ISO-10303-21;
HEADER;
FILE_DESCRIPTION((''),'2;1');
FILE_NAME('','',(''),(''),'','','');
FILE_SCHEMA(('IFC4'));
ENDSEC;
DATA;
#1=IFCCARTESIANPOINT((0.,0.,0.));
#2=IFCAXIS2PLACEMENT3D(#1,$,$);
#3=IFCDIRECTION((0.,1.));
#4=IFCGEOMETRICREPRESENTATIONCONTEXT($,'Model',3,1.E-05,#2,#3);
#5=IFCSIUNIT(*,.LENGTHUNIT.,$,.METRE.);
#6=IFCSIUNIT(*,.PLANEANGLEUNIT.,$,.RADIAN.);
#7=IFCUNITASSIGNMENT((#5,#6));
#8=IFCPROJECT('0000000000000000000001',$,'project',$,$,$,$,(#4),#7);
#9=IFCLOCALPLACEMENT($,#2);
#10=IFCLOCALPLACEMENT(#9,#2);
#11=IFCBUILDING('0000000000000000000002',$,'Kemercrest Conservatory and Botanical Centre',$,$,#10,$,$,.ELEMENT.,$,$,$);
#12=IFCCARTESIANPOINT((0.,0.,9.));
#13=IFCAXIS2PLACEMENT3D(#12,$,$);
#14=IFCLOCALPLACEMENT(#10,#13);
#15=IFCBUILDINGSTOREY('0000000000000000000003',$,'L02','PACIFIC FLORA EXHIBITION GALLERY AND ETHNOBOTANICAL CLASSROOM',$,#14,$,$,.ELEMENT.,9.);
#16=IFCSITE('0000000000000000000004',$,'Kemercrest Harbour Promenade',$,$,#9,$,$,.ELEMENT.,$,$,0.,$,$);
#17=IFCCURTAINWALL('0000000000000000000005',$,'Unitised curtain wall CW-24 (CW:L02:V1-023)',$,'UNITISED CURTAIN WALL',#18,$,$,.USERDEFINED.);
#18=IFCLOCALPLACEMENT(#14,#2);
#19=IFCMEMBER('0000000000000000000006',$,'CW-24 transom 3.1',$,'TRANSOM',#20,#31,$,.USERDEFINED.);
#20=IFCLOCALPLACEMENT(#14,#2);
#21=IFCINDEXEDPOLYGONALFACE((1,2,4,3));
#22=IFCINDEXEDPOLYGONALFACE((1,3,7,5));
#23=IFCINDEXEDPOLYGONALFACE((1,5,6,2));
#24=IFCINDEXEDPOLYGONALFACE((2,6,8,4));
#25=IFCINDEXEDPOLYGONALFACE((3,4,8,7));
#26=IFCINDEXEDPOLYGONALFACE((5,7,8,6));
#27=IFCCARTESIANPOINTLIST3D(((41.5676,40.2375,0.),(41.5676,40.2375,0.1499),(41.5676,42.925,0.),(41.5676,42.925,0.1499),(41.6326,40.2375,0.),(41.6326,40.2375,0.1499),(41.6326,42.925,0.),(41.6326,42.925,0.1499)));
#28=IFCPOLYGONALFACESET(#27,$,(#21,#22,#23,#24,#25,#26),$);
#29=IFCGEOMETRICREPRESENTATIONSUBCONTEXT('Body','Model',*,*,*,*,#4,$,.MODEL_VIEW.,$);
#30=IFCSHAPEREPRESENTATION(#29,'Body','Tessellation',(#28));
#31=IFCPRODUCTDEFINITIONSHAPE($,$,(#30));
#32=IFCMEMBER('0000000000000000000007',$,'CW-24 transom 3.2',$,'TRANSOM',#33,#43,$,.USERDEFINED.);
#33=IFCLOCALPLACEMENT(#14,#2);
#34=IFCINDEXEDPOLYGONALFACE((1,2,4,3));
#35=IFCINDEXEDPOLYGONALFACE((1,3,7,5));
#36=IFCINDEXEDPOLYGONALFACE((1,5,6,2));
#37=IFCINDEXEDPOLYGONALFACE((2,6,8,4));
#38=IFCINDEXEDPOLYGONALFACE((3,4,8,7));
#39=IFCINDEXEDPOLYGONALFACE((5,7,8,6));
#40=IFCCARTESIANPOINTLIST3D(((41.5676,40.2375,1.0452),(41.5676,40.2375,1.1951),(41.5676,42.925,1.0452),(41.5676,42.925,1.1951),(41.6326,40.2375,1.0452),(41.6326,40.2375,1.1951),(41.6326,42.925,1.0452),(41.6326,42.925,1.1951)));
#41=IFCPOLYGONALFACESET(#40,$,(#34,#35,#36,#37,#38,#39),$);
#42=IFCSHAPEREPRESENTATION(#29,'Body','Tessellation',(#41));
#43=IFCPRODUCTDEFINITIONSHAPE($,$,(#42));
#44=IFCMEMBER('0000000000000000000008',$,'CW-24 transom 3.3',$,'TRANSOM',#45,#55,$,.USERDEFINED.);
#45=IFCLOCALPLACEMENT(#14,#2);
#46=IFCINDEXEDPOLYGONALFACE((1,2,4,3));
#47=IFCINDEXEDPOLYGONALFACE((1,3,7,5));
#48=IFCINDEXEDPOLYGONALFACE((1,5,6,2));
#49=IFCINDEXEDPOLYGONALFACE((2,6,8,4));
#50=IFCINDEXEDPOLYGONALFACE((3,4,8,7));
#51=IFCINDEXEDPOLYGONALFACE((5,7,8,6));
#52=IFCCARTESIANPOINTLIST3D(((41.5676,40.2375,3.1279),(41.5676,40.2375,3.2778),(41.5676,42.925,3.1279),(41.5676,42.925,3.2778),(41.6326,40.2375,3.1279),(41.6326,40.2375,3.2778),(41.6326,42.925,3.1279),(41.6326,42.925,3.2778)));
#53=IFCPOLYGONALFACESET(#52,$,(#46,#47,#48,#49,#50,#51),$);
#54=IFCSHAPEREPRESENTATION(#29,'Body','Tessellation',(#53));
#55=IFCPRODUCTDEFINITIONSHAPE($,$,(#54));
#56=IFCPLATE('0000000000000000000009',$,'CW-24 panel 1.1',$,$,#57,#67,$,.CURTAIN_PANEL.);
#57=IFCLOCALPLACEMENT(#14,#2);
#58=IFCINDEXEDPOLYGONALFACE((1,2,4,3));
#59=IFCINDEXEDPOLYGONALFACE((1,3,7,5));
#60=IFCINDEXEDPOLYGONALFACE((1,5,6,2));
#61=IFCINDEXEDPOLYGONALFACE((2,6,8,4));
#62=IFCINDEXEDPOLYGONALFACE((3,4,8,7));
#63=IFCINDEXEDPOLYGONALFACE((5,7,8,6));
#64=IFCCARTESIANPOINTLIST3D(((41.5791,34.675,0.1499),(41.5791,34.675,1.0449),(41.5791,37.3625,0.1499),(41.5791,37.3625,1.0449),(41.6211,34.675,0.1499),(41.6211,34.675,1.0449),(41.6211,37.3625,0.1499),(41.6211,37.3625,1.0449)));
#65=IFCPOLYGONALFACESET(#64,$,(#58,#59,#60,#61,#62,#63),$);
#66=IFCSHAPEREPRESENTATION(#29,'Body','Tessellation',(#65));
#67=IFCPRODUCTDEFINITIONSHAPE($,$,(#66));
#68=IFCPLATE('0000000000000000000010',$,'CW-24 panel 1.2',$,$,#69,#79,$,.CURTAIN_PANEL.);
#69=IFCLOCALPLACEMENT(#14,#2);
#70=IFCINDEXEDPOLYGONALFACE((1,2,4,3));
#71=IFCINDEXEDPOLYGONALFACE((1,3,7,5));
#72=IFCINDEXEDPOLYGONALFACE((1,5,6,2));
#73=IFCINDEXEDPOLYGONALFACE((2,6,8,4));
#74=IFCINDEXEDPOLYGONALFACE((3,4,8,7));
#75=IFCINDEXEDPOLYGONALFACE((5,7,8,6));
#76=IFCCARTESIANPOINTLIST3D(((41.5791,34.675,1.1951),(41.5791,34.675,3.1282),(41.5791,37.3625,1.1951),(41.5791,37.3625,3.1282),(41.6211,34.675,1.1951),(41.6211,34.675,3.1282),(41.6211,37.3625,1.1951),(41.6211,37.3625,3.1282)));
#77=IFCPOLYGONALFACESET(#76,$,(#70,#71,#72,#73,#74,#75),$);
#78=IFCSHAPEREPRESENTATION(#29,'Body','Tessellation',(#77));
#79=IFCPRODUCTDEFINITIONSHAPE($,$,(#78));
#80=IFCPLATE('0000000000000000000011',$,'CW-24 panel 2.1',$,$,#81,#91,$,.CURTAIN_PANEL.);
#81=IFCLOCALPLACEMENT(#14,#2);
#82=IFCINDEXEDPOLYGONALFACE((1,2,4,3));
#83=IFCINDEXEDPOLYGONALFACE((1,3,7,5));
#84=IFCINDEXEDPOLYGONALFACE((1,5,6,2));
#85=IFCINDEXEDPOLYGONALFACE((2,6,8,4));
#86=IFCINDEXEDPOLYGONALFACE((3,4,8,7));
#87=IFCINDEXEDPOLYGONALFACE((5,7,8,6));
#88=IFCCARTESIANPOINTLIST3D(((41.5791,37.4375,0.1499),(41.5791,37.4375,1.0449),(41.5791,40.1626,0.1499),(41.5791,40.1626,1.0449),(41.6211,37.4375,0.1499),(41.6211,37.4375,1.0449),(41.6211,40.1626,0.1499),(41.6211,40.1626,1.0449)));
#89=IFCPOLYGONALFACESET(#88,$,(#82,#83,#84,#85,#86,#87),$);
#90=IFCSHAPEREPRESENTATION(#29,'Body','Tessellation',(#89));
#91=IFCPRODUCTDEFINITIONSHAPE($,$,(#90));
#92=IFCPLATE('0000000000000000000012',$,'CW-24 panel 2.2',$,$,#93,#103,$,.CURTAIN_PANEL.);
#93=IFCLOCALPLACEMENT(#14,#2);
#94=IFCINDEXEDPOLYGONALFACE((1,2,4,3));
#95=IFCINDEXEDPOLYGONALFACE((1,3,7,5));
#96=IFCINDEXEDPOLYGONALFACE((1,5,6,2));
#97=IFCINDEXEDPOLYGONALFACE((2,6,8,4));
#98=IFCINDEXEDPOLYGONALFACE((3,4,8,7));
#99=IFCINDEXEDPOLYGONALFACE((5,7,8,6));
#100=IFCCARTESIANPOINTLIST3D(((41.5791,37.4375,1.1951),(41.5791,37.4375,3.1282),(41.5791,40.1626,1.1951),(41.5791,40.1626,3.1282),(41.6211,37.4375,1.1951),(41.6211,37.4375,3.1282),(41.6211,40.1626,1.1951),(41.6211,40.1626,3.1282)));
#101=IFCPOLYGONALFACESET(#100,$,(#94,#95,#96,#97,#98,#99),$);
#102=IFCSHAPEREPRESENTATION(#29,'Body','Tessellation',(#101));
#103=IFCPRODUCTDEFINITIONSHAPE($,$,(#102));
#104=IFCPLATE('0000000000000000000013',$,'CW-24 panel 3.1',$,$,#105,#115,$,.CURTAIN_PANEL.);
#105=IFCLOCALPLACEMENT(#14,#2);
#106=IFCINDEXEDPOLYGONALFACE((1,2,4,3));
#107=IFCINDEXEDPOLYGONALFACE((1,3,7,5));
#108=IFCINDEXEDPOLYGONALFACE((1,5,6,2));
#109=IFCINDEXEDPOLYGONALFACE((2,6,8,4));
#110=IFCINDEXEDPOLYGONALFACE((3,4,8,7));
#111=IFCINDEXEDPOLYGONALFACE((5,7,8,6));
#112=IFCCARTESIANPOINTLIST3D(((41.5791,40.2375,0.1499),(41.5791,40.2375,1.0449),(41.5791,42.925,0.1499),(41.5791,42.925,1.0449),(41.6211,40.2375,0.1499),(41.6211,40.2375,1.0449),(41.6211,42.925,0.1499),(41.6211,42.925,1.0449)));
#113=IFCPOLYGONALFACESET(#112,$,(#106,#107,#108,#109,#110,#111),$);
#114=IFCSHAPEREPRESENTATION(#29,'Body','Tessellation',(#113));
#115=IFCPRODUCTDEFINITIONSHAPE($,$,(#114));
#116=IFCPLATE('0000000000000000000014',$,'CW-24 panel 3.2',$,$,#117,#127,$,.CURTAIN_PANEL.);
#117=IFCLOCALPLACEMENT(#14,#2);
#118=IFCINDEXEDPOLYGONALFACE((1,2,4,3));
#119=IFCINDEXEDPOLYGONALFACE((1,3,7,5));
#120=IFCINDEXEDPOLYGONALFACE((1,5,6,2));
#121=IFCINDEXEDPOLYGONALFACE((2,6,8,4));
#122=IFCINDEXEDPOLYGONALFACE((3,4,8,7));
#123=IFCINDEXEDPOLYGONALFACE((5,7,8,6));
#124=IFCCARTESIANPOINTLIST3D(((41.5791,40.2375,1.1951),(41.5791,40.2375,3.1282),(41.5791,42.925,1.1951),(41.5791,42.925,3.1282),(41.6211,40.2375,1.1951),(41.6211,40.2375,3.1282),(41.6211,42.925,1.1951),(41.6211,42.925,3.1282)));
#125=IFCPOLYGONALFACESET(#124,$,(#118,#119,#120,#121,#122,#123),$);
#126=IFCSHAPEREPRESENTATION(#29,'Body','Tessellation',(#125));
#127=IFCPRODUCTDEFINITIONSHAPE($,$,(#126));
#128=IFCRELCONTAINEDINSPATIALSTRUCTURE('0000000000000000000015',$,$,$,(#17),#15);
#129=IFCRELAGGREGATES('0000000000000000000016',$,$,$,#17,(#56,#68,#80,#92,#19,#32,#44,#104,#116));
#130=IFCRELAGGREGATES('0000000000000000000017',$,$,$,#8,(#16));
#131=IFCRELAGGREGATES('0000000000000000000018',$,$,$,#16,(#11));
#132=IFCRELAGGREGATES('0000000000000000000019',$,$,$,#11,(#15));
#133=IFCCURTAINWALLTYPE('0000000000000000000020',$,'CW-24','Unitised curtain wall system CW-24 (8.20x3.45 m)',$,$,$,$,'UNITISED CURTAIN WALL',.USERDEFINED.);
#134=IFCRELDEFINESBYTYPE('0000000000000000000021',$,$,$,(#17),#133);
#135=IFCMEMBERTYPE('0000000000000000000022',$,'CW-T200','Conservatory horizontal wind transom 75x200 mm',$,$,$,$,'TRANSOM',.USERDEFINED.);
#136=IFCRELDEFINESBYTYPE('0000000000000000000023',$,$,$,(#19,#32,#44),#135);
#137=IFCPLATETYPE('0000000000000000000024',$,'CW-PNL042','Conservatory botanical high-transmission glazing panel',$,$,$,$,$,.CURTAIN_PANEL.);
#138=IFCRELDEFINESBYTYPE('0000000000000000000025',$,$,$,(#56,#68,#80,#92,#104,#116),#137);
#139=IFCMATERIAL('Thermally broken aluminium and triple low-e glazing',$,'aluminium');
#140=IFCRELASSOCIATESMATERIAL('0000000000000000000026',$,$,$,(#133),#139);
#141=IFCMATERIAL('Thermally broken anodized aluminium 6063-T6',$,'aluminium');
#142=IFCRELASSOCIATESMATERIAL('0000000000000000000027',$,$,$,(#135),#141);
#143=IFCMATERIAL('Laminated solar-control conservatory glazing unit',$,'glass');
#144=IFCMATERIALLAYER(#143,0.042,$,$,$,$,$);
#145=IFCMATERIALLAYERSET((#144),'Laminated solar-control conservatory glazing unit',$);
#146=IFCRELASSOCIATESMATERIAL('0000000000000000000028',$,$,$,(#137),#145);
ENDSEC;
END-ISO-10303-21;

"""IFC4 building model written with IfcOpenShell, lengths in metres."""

from ifc_helpers import new_model, si_unit, direction, frame, origin, origin_2d, place, context, subcontext, project, spatial, rectangle, extrude, material, layer, layer_set, material_profile, profile_set, type_object, element, aggregate, save


model = new_model("IFC4")

# Units and contexts
model_context = context("Model", 3, precision=1e-05, world=origin(), true_north=direction((0.0, 1.0)))
body_context = subcontext(model_context, "Body", "Model", "MODEL_VIEW")
ifc_project = project(units=[si_unit("LENGTHUNIT", "METRE"), si_unit("PLANEANGLEUNIT", "RADIAN")], contexts=[model_context])

# Site, building, storey
site_placement = place(None, origin())
site = spatial("IfcSite", under=ifc_project, at=site_placement, Name="Kemercrest Harbour Promenade", CompositionType="ELEMENT", RefElevation=0.0)
building_placement = place(site_placement, origin())
building = spatial("IfcBuilding", under=site, at=building_placement, Name="Kemercrest Conservatory and Botanical Centre", CompositionType="ELEMENT")
storey_placement = place(building_placement, frame((0.0, 0.0, 9.0)))
storey = spatial("IfcBuildingStorey", under=building, at=storey_placement, Name="L02", Description="PACIFIC FLORA EXHIBITION GALLERY AND ETHNOBOTANICAL CLASSROOM", CompositionType="ELEMENT", Elevation=9.0)

# Curtain wall, members, plates
ifc_material_1 = material(Name="Thermally broken aluminium and triple low-e glazing", Category="aluminium")
curtain_wall_type = type_object("IfcCurtainWallType", Name="CW-24", Description="Unitised curtain wall system CW-24 (8.20x3.45 m)", ElementType="UNITISED CURTAIN WALL", PredefinedType="USERDEFINED", material=ifc_material_1)
curtain_wall_placement = place(storey_placement, origin())
curtain_wall = element("IfcCurtainWall", 1, at=curtain_wall_placement, inside=storey, type_object=curtain_wall_type, Name="Unitised curtain wall CW-24 (CW:L02:V1-023)", ObjectType="UNITISED CURTAIN WALL", PredefinedType="USERDEFINED")
ifc_material_2 = material(Name="Thermally broken anodized aluminium 6063-T6", Category="aluminium")
ifc_material_profile_1 = material_profile(ifc_material_2, rectangle(XDim=0.0649, YDim=0.1499, at=origin_2d()), Name="AL TRANSOM 65x150")
ifc_profile_set_1 = profile_set([ifc_material_profile_1], Name="Thermally broken anodized aluminium 6063-T6")
member_type_1 = type_object("IfcMemberType", Name="CW-T200", Description="Conservatory horizontal wind transom 75x200 mm", ElementType="TRANSOM", PredefinedType="USERDEFINED", material=ifc_profile_set_1)
member_1_placement = place(storey_placement, frame((41.6001, 40.2375, 0.075), z_axis=(0.0, 1.0, 0.0), x_axis=(-1.0, 0.0, 0.0)))
member_1 = element("IfcMember", 2, at=member_1_placement, type_object=member_type_1, Name="CW-24 transom 3.1", ObjectType="TRANSOM", PredefinedType="USERDEFINED", context=body_context, shape_type="SweptSolid", body=[
    extrude(rectangle(XDim=0.0649, YDim=0.1499, at=origin_2d()), origin(), (0.0, 0.0, 1.0), 2.6875),
])
member_2_placement = place(storey_placement, frame((41.6001, 40.2375, 1.1201), z_axis=(0.0, 1.0, 0.0), x_axis=(-1.0, 0.0, 0.0)))
member_2 = element("IfcMember", 3, at=member_2_placement, type_object=member_type_1, Name="CW-24 transom 3.2", ObjectType="TRANSOM", PredefinedType="USERDEFINED", context=body_context, shape_type="SweptSolid", body=[
    extrude(rectangle(XDim=0.0649, YDim=0.1499, at=origin_2d()), origin(), (0.0, 0.0, 1.0), 2.6875),
])
member_3_placement = place(storey_placement, frame((41.6001, 40.2375, 3.2029), z_axis=(0.0, 1.0, 0.0), x_axis=(-1.0, 0.0, 0.0)))
member_3 = element("IfcMember", 4, at=member_3_placement, type_object=member_type_1, Name="CW-24 transom 3.3", ObjectType="TRANSOM", PredefinedType="USERDEFINED", context=body_context, shape_type="SweptSolid", body=[
    extrude(rectangle(XDim=0.0649, YDim=0.1499, at=origin_2d()), origin(), (0.0, 0.0, 1.0), 2.6875),
])
ifc_material_3 = material(Name="Laminated solar-control conservatory glazing unit", Category="glass")
ifc_layer = layer(ifc_material_3, 0.042)
ifc_layer_set = layer_set([ifc_layer], Name="Laminated solar-control conservatory glazing unit")
plate_type = type_object("IfcPlateType", Name="CW-PNL042", Description="Conservatory botanical high-transmission glazing panel", PredefinedType="CURTAIN_PANEL", material=ifc_layer_set)
plate_1_placement = place(storey_placement, frame((41.6001, 36.0188, 0.1499), z_axis=(0.0, 0.0, 1.0), x_axis=(0.0, 1.0, 0.0)))
plate_1 = element("IfcPlate", 5, at=plate_1_placement, type_object=plate_type, Name="CW-24 panel 1.1", PredefinedType="CURTAIN_PANEL", context=body_context, shape_type="SweptSolid", body=[
    extrude(rectangle(XDim=2.6875, YDim=0.042, at=origin_2d()), origin(), (0.0, 0.0, 1.0), 0.895),
])
plate_2_placement = place(storey_placement, frame((41.6001, 36.0188, 1.1951), z_axis=(0.0, 0.0, 1.0), x_axis=(0.0, 1.0, 0.0)))
plate_2 = element("IfcPlate", 6, at=plate_2_placement, type_object=plate_type, Name="CW-24 panel 1.2", PredefinedType="CURTAIN_PANEL", context=body_context, shape_type="SweptSolid", body=[
    extrude(rectangle(XDim=2.6875, YDim=0.042, at=origin_2d()), origin(), (0.0, 0.0, 1.0), 1.9331),
])
plate_3_placement = place(storey_placement, frame((41.6001, 38.8, 0.1499), z_axis=(0.0, 0.0, 1.0), x_axis=(0.0, 1.0, 0.0)))
plate_3 = element("IfcPlate", 7, at=plate_3_placement, type_object=plate_type, Name="CW-24 panel 2.1", PredefinedType="CURTAIN_PANEL", context=body_context, shape_type="SweptSolid", body=[
    extrude(rectangle(XDim=2.7251, YDim=0.042, at=origin_2d()), origin(), (0.0, 0.0, 1.0), 0.895),
])
plate_4_placement = place(storey_placement, frame((41.6001, 38.8, 1.1951), z_axis=(0.0, 0.0, 1.0), x_axis=(0.0, 1.0, 0.0)))
plate_4 = element("IfcPlate", 8, at=plate_4_placement, type_object=plate_type, Name="CW-24 panel 2.2", PredefinedType="CURTAIN_PANEL", context=body_context, shape_type="SweptSolid", body=[
    extrude(rectangle(XDim=2.7251, YDim=0.042, at=origin_2d()), origin(), (0.0, 0.0, 1.0), 1.9331),
])
plate_5_placement = place(storey_placement, frame((41.6001, 41.5813, 0.1499), z_axis=(0.0, 0.0, 1.0), x_axis=(0.0, 1.0, 0.0)))
plate_5 = element("IfcPlate", 9, at=plate_5_placement, type_object=plate_type, Name="CW-24 panel 3.1", PredefinedType="CURTAIN_PANEL", context=body_context, shape_type="SweptSolid", body=[
    extrude(rectangle(XDim=2.6875, YDim=0.042, at=origin_2d()), origin(), (0.0, 0.0, 1.0), 0.895),
])
plate_6_placement = place(storey_placement, frame((41.6001, 41.5813, 1.1951), z_axis=(0.0, 0.0, 1.0), x_axis=(0.0, 1.0, 0.0)))
plate_6 = element("IfcPlate", 10, at=plate_6_placement, type_object=plate_type, Name="CW-24 panel 3.2", PredefinedType="CURTAIN_PANEL", context=body_context, shape_type="SweptSolid", body=[
    extrude(rectangle(XDim=2.6875, YDim=0.042, at=origin_2d()), origin(), (0.0, 0.0, 1.0), 1.9331),
])
aggregate(curtain_wall, [plate_1, plate_2, plate_3, plate_4, member_1, member_2, member_3, plate_5, plate_6])

save(model, "model.ifc")
